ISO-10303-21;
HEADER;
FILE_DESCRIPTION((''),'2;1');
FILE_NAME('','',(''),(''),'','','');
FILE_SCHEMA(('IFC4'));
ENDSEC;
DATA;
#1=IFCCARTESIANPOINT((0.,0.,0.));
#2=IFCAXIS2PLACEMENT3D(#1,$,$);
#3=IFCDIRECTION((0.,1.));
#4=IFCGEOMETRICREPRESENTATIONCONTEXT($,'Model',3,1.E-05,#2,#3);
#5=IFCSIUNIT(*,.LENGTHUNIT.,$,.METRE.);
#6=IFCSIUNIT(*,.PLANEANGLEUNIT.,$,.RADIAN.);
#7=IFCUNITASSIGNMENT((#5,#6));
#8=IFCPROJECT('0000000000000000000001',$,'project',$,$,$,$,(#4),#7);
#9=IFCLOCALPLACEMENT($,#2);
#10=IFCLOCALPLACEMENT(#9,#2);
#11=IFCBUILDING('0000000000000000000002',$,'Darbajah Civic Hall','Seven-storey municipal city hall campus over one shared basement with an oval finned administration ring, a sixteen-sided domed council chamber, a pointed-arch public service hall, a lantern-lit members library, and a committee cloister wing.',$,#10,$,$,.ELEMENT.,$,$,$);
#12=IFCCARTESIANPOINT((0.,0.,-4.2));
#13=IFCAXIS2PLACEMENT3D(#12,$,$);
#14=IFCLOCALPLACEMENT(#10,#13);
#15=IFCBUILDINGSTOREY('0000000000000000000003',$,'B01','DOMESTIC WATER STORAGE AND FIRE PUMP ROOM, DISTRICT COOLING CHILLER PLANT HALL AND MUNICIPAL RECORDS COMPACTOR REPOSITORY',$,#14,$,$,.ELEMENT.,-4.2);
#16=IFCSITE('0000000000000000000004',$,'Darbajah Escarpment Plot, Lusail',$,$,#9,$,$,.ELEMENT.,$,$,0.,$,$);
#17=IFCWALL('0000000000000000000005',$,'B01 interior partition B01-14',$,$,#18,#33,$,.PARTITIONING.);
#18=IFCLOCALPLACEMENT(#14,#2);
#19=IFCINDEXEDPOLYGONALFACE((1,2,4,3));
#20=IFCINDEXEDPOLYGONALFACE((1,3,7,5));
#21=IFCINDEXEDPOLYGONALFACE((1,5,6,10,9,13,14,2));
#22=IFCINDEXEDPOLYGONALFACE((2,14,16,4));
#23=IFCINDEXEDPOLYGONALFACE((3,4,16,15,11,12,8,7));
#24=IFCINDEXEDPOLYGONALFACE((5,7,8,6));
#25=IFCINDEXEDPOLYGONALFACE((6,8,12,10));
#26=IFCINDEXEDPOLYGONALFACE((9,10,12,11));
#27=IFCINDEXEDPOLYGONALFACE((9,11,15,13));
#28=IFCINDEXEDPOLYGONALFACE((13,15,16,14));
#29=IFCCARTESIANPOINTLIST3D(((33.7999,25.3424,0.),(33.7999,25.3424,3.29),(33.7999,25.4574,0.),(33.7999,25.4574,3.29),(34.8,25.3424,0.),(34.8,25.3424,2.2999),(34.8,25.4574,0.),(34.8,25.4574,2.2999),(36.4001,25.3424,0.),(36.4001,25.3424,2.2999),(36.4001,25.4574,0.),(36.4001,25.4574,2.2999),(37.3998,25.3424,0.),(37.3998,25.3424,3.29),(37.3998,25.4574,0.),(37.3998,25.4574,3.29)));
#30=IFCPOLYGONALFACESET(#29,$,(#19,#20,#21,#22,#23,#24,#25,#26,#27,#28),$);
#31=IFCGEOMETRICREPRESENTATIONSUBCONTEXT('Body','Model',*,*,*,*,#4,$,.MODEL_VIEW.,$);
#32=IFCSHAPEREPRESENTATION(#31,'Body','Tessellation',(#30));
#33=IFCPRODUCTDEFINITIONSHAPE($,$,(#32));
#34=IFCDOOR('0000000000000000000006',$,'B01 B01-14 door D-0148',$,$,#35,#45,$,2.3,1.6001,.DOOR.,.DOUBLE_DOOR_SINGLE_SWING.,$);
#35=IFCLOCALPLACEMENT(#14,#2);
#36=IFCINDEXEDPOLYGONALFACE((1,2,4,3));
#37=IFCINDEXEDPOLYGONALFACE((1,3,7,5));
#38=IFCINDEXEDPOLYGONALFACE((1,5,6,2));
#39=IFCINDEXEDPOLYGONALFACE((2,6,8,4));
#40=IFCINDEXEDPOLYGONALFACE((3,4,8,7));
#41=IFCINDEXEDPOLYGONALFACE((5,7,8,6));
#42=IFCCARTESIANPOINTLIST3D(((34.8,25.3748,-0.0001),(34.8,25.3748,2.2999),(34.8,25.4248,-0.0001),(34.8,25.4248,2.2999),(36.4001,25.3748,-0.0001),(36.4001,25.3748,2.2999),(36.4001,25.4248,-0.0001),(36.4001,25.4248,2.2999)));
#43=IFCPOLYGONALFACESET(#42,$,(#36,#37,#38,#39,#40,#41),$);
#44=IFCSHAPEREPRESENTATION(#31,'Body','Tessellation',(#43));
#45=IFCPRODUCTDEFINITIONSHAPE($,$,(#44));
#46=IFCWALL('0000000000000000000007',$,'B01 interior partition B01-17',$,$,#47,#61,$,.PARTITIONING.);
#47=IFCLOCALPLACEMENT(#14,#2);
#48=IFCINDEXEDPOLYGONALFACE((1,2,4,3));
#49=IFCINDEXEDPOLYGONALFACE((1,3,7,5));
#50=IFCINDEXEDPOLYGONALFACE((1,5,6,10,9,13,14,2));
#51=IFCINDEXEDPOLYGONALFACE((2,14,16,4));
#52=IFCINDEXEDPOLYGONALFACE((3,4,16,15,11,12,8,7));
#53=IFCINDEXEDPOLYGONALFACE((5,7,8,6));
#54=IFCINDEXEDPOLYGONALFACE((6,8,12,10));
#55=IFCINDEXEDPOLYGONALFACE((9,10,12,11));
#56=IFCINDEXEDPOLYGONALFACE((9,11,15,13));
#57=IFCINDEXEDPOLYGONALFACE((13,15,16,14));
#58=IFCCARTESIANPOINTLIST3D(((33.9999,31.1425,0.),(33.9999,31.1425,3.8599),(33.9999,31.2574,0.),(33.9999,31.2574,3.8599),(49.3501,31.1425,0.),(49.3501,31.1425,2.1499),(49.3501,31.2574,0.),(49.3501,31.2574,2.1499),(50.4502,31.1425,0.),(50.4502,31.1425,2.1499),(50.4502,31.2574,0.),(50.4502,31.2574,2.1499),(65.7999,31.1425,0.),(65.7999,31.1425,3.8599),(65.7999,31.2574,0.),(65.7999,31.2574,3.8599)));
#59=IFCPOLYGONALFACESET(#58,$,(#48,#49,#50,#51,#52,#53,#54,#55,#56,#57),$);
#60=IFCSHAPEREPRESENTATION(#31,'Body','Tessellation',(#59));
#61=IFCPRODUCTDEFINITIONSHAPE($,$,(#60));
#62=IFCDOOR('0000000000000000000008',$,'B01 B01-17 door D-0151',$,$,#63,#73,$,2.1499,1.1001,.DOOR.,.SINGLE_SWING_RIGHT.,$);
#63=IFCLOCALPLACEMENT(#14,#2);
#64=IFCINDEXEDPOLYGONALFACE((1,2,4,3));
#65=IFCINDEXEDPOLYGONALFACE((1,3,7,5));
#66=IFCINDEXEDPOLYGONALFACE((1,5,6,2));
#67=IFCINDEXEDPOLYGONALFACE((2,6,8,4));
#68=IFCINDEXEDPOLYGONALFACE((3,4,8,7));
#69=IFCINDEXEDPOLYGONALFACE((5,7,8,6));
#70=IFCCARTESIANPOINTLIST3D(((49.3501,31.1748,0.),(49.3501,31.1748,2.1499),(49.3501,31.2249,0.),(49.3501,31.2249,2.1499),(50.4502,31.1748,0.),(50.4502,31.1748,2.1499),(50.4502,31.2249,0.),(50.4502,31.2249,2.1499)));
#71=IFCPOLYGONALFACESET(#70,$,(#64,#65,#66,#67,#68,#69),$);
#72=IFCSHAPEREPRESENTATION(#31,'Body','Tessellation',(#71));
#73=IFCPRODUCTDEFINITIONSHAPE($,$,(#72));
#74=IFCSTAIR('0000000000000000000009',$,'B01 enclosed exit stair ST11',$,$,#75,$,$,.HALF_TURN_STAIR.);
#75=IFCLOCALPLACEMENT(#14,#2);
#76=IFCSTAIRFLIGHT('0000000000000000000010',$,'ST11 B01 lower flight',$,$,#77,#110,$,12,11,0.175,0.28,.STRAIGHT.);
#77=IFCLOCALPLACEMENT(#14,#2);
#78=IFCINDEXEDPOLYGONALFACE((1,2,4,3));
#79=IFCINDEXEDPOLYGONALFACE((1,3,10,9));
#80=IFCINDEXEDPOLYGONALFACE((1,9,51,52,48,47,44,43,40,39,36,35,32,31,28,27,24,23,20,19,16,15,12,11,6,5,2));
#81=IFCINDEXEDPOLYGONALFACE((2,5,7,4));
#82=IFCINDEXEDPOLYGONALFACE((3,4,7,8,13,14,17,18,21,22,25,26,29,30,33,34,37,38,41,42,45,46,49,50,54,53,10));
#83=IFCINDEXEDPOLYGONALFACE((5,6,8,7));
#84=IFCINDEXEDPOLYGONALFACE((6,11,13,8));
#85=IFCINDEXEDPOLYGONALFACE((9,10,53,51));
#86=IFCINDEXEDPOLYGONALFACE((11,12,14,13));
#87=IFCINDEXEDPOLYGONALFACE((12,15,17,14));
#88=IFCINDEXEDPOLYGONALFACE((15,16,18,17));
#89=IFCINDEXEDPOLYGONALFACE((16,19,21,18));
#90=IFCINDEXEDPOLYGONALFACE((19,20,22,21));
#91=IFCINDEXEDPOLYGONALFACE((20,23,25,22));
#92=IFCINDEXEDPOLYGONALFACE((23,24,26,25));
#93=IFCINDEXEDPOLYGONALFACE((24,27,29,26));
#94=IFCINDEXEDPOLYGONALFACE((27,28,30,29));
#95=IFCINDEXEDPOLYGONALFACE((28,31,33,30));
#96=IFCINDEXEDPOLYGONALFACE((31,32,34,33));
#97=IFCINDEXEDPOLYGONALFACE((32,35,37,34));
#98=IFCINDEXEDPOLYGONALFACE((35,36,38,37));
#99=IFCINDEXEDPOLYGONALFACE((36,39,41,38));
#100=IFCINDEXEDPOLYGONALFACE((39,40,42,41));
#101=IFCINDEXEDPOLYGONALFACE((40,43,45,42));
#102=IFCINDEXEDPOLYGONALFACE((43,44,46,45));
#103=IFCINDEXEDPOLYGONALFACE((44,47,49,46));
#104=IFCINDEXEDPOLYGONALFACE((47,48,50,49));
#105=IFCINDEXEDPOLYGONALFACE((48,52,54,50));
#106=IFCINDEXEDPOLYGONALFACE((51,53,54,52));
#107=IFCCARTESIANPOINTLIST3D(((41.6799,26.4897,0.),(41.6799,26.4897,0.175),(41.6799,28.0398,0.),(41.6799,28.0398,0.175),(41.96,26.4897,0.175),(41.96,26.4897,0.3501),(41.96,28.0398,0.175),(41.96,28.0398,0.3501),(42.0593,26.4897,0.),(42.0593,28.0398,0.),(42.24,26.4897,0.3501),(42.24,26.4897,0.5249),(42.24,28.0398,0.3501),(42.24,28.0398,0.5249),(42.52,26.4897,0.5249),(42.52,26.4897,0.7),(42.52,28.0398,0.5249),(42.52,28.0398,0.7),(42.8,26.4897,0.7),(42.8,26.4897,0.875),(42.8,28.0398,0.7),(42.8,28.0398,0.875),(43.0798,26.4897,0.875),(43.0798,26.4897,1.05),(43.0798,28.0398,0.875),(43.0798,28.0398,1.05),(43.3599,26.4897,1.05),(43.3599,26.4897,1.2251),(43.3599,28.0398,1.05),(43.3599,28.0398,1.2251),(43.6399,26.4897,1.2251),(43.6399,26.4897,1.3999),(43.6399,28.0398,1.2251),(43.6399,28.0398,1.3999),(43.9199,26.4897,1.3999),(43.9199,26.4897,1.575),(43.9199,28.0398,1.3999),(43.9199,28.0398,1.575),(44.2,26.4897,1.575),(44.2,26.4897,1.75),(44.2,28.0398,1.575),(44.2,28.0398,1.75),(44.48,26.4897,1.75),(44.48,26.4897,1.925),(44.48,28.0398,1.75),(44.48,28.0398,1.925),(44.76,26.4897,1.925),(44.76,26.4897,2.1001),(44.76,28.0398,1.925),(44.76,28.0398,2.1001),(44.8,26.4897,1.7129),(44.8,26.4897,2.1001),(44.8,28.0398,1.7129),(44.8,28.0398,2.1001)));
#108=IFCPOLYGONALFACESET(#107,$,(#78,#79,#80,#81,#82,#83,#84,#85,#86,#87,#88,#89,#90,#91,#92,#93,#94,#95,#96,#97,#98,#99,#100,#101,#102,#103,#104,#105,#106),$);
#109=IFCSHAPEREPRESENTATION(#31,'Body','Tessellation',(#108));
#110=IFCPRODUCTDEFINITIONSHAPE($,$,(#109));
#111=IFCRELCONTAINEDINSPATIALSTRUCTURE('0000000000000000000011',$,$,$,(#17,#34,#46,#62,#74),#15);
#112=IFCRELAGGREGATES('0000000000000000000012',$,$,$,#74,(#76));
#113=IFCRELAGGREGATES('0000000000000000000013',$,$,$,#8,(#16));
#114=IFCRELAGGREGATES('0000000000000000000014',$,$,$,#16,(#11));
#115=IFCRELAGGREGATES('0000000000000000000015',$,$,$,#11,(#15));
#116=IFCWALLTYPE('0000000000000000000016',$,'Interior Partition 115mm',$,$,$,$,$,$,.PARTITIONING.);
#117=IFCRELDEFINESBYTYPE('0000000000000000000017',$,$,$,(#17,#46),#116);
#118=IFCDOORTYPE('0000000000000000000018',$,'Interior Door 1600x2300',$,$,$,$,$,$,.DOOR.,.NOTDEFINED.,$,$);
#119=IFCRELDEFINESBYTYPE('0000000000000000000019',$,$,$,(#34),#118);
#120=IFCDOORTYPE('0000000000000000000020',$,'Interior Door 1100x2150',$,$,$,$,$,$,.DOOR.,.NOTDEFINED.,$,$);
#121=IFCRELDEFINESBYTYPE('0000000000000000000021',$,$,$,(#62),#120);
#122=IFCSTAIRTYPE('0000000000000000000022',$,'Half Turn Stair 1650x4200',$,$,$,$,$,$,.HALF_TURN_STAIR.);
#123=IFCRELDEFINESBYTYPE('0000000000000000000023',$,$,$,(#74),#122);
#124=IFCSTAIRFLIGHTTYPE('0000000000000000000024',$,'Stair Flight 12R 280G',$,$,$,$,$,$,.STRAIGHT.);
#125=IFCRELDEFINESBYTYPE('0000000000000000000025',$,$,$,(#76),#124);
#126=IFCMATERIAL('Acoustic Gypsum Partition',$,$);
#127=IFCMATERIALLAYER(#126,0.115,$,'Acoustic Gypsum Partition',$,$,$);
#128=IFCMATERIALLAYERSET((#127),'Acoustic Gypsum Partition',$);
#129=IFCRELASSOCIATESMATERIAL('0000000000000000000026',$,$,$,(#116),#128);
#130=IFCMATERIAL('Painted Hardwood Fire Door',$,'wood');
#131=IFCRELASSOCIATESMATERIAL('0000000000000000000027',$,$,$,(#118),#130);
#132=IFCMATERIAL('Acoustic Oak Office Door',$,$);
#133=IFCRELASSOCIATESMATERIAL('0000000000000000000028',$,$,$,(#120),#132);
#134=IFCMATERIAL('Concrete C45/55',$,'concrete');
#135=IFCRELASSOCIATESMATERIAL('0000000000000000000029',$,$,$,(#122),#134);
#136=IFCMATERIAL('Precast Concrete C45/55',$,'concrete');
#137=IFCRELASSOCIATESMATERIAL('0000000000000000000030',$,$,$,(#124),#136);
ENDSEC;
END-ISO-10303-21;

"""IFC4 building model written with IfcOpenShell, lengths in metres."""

from ifc_helpers import new_model, si_unit, direction, frame, frame_2d, origin, place, context, subcontext, project, spatial, polyline, rectangle, outline, extrude, material, layer, layer_set, type_object, element, fill, aggregate, save


model = new_model("IFC4")

# Units and contexts
model_context = context("Model", 3, precision=1e-05, world=origin(), true_north=direction((0.0, 1.0)))
body_context = subcontext(model_context, "Body", "Model", "MODEL_VIEW")
ifc_project = project(units=[si_unit("LENGTHUNIT", "METRE"), si_unit("PLANEANGLEUNIT", "RADIAN")], contexts=[model_context])

# Site, building, storey
site_placement = place(None, origin())
site = spatial("IfcSite", under=ifc_project, at=site_placement, Name="Darbajah Escarpment Plot, Lusail", CompositionType="ELEMENT", RefElevation=0.0)
building_placement = place(site_placement, origin())
building = spatial("IfcBuilding", under=site, at=building_placement, Name="Darbajah Civic Hall", Description="Seven-storey municipal city hall campus over one shared basement with an oval finned administration ring, a sixteen-sided domed council chamber, a pointed-arch public service hall, a lantern-lit members library, and a committee cloister wing.", CompositionType="ELEMENT")
storey_placement = place(building_placement, frame((0.0, 0.0, -4.2)))
storey = spatial("IfcBuildingStorey", under=building, at=storey_placement, Name="B01", Description="DOMESTIC WATER STORAGE AND FIRE PUMP ROOM, DISTRICT COOLING CHILLER PLANT HALL AND MUNICIPAL RECORDS COMPACTOR REPOSITORY", CompositionType="ELEMENT", Elevation=-4.2)

# Shared definitions
ifc_material_1 = material(Name="Concrete C45/55", Category="concrete")

# Walls, openings, doors
ifc_material_2 = material(Name="Acoustic Gypsum Partition")
ifc_layer_1 = layer(ifc_material_2, 0.115, Name="Acoustic Gypsum Partition")
ifc_layer_set_1 = layer_set([ifc_layer_1], Name="Acoustic Gypsum Partition")
wall_type_1 = type_object("IfcWallType", Name="Interior Partition 115mm", PredefinedType="PARTITIONING", material=ifc_layer_set_1)
wall_1_placement = place(storey_placement, frame((33.8, 25.3999, 0.0), z_axis=(0.0, 0.0, 1.0), x_axis=(1.0, 0.0, 0.0)))
wall_1 = element("IfcWall", 1, at=wall_1_placement, inside=storey, type_object=wall_type_1, Name="B01 interior partition B01-14", PredefinedType="PARTITIONING", context=body_context, shape_type="SweptSolid", body=[
    extrude(rectangle(XDim=3.5999, YDim=0.115, at=frame_2d((1.7998, 0.0))), origin(), (0.0, 0.0, 1.0), 3.29),
])
opening_1_placement = place(wall_1_placement, frame((1.0, 0.0, 0.0)))
opening_1 = element("IfcOpeningElement", 2, at=opening_1_placement, cuts=wall_1, PredefinedType="OPENING", context=body_context, shape_type="SweptSolid", body=[
    extrude(rectangle(XDim=1.6001, YDim=2.3, at=frame_2d((0.8, 1.1499))), frame((0.0, 0.0674, 0.0), z_axis=(0.0, -1.0, 0.0), x_axis=(1.0, 0.0, 0.0)), (0.0, 0.0, 1.0), 0.135),
])
ifc_material_3 = material(Name="Painted Hardwood Fire Door", Category="wood")
door_type_1 = type_object("IfcDoorType", Name="Interior Door 1600x2300", OperationType="NOTDEFINED", PredefinedType="DOOR", material=ifc_material_3)
door_1_placement = place(opening_1_placement, origin())
door_1 = element("IfcDoor", 3, at=door_1_placement, inside=storey, type_object=door_type_1, Name="B01 B01-14 door D-0148", OperationType="DOUBLE_DOOR_SINGLE_SWING", OverallHeight=2.3, OverallWidth=1.6001, PredefinedType="DOOR", context=body_context, shape_type="SweptSolid", body=[
    extrude(rectangle(XDim=1.6001, YDim=2.3, at=frame_2d((0.8, 1.1499))), frame((0.0, 0.0249, 0.0), z_axis=(0.0, -1.0, 0.0), x_axis=(1.0, 0.0, 0.0)), (0.0, 0.0, 1.0), 0.05),
])
fill(opening_1, door_1)
wall_2_placement = place(storey_placement, frame((34.0, 31.2, 0.0), z_axis=(0.0, 0.0, 1.0), x_axis=(1.0, 0.0, 0.0)))
wall_2 = element("IfcWall", 4, at=wall_2_placement, inside=storey, type_object=wall_type_1, Name="B01 interior partition B01-17", PredefinedType="PARTITIONING", context=body_context, shape_type="SweptSolid", body=[
    extrude(rectangle(XDim=31.8, YDim=0.115, at=frame_2d((15.8999, 0.0))), origin(), (0.0, 0.0, 1.0), 3.8599),
])
opening_2_placement = place(wall_2_placement, frame((15.3501, 0.0, 0.0)))
opening_2 = element("IfcOpeningElement", 5, at=opening_2_placement, cuts=wall_2, PredefinedType="OPENING", context=body_context, shape_type="SweptSolid", body=[
    extrude(rectangle(XDim=1.1001, YDim=2.1499, at=frame_2d((0.55, 1.075))), frame((0.0, 0.0674, 0.0), z_axis=(0.0, -1.0, 0.0), x_axis=(1.0, 0.0, 0.0)), (0.0, 0.0, 1.0), 0.135),
])
ifc_material_4 = material(Name="Acoustic Oak Office Door")
door_type_2 = type_object("IfcDoorType", Name="Interior Door 1100x2150", OperationType="NOTDEFINED", PredefinedType="DOOR", material=ifc_material_4)
door_2_placement = place(opening_2_placement, origin())
door_2 = element("IfcDoor", 6, at=door_2_placement, inside=storey, type_object=door_type_2, Name="B01 B01-17 door D-0151", OperationType="SINGLE_SWING_RIGHT", OverallHeight=2.1499, OverallWidth=1.1001, PredefinedType="DOOR", context=body_context, shape_type="SweptSolid", body=[
    extrude(rectangle(XDim=1.1001, YDim=2.1499, at=frame_2d((0.55, 1.075))), frame((0.0, 0.0249, 0.0), z_axis=(0.0, -1.0, 0.0), x_axis=(1.0, 0.0, 0.0)), (0.0, 0.0, 1.0), 0.05),
])
fill(opening_2, door_2)

# Stair, stair flight
stair_type = type_object("IfcStairType", Name="Half Turn Stair 1650x4200", PredefinedType="HALF_TURN_STAIR", material=ifc_material_1)
stair_placement = place(storey_placement, origin())
stair = element("IfcStair", 7, at=stair_placement, inside=storey, type_object=stair_type, Name="B01 enclosed exit stair ST11", PredefinedType="HALF_TURN_STAIR")
ifc_material_5 = material(Name="Precast Concrete C45/55", Category="concrete")
stair_flight_type = type_object("IfcStairFlightType", Name="Stair Flight 12R 280G", PredefinedType="STRAIGHT", material=ifc_material_5)
stair_flight_placement = place(storey_placement, frame((41.6799, 27.2649, 0.0), z_axis=(0.0, 0.0, 1.0), x_axis=(1.0, 0.0, 0.0)))
stair_flight = element("IfcStairFlight", 8, at=stair_flight_placement, type_object=stair_flight_type, Name="ST11 B01 lower flight", NumberOfRisers=12, NumberOfTreads=11, PredefinedType="STRAIGHT", RiserHeight=0.175, TreadLength=0.28, context=body_context, shape_type="SweptSolid", body=[
    extrude(outline(polyline([(0.0, 0.0), (0.0, 0.175), (0.28, 0.175), (0.28, 0.3501), (0.5601, 0.3501), (0.5601, 0.5249), (0.8401, 0.5249), (0.8401, 0.7), (1.1201, 0.7), (1.1201, 0.875), (1.3999, 0.875), (1.3999, 1.05), (1.6799, 1.05), (1.6799, 1.2251), (1.96, 1.2251), (1.96, 1.3999), (2.24, 1.3999), (2.24, 1.575), (2.52, 1.575), (2.52, 1.75), (2.8, 1.75), (2.8, 1.925), (3.0801, 1.925), (3.0801, 2.1001), (3.1201, 2.1001), (3.1201, 1.7129), (0.3794, 0.0), (0.0, 0.0)])), frame((0.0, 0.7749, 0.0), z_axis=(0.0, -1.0, 0.0), x_axis=(1.0, 0.0, 0.0)), (0.0, 0.0, 1.0), 1.55),
])
aggregate(stair, [stair_flight])

save(model, "model.ifc")
